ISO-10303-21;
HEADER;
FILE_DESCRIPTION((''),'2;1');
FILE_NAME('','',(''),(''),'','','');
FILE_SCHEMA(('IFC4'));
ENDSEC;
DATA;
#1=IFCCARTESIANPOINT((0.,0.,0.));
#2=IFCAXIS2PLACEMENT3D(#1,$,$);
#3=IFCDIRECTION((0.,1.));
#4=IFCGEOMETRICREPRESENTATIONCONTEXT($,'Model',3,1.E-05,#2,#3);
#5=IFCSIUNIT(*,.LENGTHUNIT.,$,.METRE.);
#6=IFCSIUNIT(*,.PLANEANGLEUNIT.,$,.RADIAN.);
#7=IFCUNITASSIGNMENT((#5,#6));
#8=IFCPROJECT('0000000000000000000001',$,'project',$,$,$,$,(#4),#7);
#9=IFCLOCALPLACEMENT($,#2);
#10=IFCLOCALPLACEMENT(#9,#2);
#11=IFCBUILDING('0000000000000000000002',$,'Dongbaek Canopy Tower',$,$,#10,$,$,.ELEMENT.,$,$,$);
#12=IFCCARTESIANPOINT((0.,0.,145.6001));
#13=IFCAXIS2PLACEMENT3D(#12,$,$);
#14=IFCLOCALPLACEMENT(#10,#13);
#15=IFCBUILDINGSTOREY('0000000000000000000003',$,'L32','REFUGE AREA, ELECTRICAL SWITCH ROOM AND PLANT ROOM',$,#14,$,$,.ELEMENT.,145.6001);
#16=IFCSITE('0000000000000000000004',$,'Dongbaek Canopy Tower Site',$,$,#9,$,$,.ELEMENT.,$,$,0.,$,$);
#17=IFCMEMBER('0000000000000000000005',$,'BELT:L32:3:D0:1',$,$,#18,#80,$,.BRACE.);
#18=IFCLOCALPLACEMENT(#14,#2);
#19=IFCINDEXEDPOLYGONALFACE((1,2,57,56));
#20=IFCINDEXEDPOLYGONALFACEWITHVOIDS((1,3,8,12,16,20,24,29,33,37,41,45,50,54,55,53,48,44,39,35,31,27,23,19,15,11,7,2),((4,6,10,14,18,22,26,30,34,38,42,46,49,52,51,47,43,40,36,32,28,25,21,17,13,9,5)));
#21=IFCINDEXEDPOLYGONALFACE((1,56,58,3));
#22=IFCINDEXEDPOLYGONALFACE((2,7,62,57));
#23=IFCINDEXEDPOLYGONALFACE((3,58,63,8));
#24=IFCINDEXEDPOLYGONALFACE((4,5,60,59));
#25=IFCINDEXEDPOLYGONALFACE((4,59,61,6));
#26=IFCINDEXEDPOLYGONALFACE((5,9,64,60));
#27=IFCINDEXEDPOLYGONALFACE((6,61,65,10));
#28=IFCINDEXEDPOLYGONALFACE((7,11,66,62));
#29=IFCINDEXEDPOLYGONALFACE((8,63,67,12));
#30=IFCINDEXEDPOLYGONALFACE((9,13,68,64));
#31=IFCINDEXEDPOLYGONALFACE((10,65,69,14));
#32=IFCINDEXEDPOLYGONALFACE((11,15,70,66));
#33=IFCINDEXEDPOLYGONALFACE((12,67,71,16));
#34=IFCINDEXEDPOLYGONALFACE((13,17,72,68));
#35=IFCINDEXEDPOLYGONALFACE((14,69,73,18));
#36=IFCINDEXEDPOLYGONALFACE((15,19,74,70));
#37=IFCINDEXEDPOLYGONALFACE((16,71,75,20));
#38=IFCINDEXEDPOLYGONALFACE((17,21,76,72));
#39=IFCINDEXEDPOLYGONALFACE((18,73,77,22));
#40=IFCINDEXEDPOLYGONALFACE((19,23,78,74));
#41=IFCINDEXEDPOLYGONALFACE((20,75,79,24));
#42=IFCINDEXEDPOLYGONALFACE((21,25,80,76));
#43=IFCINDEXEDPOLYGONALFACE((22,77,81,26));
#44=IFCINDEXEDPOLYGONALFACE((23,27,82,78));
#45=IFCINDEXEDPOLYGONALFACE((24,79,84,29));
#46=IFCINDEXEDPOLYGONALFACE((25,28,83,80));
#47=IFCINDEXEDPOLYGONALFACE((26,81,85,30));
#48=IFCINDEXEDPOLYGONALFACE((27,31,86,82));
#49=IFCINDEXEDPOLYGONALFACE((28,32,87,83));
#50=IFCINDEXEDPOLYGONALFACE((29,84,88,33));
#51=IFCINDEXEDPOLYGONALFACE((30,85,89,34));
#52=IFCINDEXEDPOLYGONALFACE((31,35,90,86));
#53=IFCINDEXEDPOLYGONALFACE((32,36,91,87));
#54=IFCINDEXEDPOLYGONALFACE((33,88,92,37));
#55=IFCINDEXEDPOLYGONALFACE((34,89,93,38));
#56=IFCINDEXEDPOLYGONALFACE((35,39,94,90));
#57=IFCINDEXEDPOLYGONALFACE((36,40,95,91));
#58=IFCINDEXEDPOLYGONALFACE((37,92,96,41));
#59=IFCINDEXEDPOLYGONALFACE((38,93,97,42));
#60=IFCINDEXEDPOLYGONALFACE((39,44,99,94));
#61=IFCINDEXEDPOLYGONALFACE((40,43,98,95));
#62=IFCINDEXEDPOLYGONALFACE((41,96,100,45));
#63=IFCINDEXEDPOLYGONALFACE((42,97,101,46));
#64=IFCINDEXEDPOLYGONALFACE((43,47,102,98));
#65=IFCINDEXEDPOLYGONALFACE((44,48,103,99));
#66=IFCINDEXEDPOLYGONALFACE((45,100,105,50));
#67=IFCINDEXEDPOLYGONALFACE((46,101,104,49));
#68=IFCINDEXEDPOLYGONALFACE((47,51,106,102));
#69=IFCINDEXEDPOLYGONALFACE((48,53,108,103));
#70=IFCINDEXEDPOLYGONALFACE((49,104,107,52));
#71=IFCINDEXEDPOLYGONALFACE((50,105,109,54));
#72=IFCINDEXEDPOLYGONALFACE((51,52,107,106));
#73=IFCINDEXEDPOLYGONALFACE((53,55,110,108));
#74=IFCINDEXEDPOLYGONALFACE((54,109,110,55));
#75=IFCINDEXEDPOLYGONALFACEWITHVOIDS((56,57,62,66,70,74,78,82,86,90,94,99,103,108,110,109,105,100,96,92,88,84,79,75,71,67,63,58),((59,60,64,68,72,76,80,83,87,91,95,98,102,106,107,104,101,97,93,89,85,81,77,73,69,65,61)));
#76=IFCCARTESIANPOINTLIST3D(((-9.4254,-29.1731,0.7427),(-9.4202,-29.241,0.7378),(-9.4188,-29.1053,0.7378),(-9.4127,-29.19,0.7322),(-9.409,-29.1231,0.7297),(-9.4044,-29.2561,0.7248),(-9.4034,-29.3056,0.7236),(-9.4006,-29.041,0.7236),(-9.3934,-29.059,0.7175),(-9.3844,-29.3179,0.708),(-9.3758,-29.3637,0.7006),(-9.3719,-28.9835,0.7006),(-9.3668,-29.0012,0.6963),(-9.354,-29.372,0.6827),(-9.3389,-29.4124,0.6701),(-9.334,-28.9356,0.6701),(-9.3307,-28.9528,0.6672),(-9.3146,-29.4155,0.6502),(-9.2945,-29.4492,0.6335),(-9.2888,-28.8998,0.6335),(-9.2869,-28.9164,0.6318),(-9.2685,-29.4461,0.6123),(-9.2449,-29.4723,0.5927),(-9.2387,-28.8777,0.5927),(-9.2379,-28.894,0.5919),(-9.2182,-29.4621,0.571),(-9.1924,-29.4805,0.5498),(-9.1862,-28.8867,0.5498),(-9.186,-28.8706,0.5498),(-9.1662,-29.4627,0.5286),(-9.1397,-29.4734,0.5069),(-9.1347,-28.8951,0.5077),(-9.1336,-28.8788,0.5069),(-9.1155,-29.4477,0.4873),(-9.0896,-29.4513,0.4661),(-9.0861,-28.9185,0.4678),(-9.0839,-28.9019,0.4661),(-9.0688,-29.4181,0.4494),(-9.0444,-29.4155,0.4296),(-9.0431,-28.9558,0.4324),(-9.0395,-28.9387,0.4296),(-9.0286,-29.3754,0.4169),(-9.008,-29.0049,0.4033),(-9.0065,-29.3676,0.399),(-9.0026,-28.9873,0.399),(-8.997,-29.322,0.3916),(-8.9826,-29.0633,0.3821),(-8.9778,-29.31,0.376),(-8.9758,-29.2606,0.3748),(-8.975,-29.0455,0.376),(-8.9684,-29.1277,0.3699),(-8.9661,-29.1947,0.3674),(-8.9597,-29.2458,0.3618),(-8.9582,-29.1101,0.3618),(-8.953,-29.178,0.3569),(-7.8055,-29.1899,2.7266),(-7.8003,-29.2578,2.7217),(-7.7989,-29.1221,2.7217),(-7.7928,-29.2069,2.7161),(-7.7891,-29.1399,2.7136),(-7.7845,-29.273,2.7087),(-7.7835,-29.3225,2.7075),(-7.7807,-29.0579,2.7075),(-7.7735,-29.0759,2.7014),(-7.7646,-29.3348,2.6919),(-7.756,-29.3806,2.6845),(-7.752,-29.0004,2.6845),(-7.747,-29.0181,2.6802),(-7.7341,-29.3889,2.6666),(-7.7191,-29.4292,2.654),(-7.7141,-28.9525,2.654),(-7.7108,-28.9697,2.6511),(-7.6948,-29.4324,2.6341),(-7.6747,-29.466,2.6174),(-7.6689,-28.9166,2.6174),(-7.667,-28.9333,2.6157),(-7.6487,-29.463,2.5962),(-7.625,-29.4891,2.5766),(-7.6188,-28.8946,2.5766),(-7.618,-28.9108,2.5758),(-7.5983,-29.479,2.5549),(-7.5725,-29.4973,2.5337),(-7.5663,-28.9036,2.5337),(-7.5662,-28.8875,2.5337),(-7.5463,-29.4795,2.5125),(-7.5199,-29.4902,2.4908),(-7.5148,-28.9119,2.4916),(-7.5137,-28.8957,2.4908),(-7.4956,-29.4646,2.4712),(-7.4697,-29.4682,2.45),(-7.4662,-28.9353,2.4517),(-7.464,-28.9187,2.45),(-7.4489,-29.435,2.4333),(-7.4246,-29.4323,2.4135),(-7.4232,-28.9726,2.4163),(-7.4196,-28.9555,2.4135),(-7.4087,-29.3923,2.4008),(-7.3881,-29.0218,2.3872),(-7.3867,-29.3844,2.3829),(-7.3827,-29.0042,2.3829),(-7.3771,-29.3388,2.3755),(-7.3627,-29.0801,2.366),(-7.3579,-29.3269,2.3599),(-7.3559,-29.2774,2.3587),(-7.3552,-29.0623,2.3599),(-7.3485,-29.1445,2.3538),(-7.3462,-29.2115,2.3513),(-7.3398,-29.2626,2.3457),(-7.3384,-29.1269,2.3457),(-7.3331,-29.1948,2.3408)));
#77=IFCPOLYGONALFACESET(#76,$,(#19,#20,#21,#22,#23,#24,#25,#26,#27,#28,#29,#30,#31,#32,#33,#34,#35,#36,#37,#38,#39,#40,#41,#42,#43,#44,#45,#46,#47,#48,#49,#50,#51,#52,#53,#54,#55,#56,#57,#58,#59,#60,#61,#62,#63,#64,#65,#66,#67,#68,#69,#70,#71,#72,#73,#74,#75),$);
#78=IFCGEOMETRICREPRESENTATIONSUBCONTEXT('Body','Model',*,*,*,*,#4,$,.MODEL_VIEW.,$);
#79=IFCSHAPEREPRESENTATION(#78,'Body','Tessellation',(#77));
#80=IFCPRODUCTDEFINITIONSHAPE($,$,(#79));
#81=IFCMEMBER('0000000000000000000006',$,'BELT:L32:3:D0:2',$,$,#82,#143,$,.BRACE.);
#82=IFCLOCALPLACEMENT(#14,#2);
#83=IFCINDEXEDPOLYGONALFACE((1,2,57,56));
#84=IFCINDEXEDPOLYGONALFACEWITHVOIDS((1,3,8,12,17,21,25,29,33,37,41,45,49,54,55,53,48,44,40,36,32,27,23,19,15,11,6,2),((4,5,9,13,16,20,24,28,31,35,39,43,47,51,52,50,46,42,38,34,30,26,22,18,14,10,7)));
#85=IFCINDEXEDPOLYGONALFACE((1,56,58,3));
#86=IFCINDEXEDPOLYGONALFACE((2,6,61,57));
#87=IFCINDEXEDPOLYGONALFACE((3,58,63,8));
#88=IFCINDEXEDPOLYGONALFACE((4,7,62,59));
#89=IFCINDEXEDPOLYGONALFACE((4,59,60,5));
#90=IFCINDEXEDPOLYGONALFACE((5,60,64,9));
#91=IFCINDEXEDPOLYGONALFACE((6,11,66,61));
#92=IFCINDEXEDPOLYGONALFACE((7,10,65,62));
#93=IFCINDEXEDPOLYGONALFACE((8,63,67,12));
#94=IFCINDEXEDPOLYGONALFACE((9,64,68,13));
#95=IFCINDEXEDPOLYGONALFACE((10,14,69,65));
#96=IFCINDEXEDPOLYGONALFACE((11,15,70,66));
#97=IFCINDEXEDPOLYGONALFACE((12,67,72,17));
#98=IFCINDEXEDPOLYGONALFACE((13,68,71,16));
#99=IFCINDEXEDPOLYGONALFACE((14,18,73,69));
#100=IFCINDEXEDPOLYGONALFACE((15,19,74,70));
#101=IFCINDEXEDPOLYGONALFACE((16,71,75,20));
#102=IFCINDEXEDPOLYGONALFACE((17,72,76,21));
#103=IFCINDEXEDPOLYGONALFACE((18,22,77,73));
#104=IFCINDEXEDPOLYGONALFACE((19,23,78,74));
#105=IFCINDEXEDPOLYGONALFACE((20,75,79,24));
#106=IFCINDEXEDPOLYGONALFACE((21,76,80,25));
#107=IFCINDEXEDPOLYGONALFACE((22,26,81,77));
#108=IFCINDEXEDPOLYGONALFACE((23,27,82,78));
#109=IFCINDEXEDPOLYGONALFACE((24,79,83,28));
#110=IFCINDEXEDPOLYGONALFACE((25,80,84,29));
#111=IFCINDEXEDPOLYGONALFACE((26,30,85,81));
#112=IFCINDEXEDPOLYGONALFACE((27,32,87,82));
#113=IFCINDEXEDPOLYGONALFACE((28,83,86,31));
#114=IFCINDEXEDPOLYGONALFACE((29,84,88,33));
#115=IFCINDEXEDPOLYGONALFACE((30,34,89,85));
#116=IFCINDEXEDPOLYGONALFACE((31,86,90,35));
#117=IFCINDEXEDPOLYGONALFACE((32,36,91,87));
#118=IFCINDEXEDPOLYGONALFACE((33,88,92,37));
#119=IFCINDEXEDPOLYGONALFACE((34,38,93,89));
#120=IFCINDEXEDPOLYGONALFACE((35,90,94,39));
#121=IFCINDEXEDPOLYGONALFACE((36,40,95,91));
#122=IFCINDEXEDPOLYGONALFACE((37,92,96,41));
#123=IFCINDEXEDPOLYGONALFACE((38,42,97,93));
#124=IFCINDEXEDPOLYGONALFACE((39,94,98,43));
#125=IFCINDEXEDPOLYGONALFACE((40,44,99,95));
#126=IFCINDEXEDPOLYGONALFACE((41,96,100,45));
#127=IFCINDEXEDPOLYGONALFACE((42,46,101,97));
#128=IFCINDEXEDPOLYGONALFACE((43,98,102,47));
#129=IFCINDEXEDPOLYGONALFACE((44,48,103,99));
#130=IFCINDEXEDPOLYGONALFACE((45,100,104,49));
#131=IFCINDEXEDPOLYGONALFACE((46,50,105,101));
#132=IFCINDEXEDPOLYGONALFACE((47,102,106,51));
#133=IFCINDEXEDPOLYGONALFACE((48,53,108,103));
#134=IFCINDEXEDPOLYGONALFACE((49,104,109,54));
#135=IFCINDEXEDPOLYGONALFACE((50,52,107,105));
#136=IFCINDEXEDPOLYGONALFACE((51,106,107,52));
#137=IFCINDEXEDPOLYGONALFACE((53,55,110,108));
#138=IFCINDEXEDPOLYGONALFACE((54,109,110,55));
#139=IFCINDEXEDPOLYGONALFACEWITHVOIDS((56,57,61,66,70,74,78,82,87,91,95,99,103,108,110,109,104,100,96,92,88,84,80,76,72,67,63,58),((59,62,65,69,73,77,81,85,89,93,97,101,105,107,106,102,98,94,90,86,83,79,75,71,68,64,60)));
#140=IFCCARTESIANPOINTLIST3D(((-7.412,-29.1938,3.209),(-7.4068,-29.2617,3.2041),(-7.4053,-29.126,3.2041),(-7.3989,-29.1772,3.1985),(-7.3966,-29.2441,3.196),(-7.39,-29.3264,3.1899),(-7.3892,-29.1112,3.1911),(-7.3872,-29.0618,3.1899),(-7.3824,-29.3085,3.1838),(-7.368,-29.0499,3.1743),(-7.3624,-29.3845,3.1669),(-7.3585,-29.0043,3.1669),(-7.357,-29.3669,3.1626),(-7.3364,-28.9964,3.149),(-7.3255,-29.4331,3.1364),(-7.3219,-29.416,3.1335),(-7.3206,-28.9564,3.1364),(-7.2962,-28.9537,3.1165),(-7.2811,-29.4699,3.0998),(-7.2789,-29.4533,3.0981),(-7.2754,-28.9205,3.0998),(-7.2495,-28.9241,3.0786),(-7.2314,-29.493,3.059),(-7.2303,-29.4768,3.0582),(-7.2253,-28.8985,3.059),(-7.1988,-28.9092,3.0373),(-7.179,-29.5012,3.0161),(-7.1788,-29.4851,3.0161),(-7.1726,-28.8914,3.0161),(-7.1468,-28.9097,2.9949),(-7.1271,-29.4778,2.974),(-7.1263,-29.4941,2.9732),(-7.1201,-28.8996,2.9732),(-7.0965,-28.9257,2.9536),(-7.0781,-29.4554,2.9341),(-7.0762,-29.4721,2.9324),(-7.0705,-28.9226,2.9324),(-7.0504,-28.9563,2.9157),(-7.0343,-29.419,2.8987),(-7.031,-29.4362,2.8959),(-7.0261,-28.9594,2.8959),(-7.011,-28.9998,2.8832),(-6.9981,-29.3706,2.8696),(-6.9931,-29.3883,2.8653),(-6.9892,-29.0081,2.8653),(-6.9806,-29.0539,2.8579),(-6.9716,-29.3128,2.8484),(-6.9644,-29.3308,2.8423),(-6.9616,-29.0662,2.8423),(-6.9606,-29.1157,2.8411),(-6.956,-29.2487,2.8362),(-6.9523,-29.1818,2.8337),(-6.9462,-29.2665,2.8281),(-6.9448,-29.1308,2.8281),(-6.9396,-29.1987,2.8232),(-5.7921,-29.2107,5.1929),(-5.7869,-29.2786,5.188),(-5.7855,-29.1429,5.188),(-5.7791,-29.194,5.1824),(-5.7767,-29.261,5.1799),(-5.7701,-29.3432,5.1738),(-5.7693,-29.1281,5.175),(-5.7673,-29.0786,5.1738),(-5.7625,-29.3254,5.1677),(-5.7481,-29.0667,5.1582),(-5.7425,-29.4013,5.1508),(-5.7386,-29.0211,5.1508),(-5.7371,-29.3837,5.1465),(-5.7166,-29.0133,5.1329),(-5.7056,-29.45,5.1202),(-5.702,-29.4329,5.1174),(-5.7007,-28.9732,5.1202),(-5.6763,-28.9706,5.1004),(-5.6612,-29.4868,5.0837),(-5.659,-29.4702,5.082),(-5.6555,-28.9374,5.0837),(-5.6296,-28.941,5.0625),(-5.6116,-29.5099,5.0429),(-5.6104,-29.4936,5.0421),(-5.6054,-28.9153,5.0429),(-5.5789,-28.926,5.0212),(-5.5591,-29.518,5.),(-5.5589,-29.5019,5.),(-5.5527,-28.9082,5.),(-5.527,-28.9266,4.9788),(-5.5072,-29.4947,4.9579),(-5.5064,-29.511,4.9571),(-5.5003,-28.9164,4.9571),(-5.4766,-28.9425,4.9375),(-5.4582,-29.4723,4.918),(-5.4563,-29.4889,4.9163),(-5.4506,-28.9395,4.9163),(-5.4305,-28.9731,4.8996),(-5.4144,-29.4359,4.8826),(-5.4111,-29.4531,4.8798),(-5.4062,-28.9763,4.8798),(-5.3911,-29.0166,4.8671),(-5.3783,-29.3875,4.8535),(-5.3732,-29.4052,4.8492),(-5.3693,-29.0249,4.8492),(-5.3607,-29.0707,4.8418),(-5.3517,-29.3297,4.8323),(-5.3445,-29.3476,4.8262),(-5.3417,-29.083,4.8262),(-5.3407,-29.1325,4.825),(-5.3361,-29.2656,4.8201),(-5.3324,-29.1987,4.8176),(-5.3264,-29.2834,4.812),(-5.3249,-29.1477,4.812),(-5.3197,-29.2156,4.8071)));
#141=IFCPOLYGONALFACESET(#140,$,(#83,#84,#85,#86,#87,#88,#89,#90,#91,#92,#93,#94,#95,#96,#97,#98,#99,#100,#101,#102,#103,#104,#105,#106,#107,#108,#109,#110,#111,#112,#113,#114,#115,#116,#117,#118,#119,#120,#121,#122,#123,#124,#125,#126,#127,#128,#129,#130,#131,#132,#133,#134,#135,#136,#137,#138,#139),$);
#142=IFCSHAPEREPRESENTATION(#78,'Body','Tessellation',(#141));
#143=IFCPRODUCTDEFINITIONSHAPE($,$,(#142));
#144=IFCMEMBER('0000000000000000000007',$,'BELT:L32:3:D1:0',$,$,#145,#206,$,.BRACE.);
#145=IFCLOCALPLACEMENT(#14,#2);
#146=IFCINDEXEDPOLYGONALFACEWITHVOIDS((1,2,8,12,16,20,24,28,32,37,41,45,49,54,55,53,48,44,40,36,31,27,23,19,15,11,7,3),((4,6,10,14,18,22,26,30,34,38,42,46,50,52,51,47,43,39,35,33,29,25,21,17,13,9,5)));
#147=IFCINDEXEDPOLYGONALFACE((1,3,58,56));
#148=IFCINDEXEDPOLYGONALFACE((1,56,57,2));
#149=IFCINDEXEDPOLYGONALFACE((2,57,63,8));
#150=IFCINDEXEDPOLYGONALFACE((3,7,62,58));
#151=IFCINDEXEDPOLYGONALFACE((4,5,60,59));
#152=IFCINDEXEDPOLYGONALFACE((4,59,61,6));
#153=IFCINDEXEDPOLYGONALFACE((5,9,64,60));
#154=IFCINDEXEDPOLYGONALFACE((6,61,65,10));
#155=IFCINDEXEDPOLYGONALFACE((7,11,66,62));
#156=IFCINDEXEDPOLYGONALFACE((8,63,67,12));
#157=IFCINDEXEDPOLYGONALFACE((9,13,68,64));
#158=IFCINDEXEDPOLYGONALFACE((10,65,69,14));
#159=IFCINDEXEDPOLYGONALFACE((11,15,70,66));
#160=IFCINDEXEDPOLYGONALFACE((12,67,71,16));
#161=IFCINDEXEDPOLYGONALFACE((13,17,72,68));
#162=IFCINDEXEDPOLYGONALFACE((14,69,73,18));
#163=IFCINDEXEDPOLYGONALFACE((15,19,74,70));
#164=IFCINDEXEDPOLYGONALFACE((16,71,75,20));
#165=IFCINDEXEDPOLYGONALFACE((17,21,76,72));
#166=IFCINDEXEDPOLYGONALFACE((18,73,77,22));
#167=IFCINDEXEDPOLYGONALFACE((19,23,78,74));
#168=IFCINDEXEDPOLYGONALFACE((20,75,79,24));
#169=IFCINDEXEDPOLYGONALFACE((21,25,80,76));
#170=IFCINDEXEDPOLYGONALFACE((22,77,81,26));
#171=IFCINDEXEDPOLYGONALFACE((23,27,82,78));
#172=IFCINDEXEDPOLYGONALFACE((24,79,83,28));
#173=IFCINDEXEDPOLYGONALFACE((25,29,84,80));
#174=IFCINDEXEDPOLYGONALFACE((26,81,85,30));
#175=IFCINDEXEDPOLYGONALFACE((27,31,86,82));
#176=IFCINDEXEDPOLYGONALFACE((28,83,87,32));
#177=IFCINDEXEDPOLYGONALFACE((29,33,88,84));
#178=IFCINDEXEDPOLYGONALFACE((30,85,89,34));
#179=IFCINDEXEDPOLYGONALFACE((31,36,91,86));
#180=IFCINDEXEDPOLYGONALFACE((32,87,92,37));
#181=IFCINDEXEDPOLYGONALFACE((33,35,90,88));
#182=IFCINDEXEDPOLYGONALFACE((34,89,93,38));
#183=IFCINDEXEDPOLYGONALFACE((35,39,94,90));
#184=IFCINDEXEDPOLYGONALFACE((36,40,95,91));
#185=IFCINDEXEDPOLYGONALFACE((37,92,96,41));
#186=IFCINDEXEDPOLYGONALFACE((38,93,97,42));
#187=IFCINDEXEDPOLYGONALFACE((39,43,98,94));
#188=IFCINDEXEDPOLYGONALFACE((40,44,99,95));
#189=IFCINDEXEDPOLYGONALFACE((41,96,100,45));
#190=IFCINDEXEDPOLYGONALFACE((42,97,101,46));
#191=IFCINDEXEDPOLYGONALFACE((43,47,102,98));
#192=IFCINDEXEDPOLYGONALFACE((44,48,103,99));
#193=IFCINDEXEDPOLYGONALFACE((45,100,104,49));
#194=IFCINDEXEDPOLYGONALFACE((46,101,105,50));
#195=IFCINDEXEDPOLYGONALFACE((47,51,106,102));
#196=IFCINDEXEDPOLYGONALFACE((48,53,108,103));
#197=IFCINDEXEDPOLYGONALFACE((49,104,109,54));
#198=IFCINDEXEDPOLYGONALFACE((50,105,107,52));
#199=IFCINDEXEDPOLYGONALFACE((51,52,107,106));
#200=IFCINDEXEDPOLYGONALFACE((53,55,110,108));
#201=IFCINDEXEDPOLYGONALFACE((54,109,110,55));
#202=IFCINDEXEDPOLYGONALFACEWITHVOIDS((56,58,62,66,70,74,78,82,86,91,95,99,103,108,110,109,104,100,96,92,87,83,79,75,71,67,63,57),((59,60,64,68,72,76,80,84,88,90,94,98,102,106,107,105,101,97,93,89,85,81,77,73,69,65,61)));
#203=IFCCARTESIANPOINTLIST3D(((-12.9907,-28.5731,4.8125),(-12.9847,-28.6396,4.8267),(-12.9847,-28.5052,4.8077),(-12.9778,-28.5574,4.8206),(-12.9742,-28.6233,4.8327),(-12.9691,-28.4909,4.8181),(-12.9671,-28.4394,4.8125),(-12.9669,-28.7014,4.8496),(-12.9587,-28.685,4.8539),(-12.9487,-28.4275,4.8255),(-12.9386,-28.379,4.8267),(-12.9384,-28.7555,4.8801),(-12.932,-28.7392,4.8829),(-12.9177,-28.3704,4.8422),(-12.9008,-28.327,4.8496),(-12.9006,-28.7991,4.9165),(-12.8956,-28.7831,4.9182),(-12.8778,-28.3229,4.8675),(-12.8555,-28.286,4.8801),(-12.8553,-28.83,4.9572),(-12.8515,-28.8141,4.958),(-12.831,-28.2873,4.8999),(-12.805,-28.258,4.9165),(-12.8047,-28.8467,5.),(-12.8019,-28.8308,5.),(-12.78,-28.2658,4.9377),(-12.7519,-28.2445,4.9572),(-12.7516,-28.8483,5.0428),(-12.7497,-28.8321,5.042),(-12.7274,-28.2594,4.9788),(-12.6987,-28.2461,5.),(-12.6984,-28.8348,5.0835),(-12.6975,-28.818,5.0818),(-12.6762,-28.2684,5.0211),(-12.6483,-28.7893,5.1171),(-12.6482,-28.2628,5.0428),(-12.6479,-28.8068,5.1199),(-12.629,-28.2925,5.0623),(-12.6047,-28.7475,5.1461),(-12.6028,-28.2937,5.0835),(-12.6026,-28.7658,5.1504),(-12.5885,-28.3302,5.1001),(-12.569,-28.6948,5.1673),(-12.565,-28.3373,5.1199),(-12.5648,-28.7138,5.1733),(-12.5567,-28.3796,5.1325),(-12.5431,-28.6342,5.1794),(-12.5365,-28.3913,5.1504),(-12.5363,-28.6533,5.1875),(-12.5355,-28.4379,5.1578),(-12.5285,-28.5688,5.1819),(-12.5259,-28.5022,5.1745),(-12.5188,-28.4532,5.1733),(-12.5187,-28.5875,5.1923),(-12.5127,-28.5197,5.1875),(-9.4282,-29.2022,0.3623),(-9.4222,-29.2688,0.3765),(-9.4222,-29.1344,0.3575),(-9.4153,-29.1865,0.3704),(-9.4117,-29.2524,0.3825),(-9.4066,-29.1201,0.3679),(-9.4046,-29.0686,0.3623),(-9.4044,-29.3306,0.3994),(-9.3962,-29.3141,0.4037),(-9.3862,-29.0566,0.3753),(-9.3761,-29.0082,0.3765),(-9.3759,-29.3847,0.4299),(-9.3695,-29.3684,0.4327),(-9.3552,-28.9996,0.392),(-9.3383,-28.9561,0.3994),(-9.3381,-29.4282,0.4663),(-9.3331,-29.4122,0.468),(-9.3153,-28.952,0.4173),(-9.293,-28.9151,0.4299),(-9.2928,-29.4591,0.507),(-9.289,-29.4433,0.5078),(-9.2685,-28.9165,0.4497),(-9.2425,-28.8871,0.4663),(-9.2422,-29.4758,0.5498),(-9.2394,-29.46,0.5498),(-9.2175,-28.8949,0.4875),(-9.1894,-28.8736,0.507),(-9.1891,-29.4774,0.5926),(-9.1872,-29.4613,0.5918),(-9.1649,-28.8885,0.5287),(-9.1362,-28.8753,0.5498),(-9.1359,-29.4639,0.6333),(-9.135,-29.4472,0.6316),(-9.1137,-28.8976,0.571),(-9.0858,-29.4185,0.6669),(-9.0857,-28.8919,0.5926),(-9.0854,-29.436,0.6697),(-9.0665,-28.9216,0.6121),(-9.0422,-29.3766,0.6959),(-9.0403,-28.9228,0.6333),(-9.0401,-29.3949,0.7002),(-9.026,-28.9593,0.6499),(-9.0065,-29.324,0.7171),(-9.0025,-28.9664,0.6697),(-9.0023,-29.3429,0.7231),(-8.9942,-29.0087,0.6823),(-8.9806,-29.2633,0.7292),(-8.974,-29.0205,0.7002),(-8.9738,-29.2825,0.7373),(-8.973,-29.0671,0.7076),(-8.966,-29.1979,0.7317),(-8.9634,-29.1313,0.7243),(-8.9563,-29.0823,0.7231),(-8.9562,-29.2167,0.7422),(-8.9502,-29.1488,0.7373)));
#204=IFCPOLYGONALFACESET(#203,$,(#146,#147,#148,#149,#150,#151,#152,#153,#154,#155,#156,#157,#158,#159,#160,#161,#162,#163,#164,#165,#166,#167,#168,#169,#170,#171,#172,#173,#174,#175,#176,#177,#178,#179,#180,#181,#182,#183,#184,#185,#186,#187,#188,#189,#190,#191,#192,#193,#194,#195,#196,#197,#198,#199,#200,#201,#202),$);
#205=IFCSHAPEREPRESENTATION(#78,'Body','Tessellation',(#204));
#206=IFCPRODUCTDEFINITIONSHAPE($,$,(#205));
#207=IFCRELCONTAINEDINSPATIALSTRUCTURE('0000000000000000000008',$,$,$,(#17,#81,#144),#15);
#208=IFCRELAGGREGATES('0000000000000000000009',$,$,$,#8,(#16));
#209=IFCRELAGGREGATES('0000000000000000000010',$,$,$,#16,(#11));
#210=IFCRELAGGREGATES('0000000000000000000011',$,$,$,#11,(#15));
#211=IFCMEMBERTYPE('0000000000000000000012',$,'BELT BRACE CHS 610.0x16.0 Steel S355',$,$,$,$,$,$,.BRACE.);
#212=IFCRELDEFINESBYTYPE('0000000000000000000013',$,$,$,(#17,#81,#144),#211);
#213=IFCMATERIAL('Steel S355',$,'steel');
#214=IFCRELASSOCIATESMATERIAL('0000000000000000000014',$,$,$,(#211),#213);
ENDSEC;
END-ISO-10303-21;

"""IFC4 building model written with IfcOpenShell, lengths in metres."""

from ifc_helpers import new_model, si_unit, direction, frame, origin, origin_2d, place, context, subcontext, project, spatial, hollow_circle, extrude, material, material_profile, profile_set, type_object, element, save


model = new_model("IFC4")

# Units and contexts
model_context = context("Model", 3, precision=1e-05, world=origin(), true_north=direction((0.0, 1.0)))
body_context = subcontext(model_context, "Body", "Model", "MODEL_VIEW")
ifc_project = project(units=[si_unit("LENGTHUNIT", "METRE"), si_unit("PLANEANGLEUNIT", "RADIAN")], contexts=[model_context])

# Site, building, storey
site_placement = place(None, origin())
site = spatial("IfcSite", under=ifc_project, at=site_placement, Name="Dongbaek Canopy Tower Site", CompositionType="ELEMENT", RefElevation=0.0)
building_placement = place(site_placement, origin())
building = spatial("IfcBuilding", under=site, at=building_placement, Name="Dongbaek Canopy Tower", CompositionType="ELEMENT")
storey_placement = place(building_placement, frame((0.0, 0.0, 145.6001)))
storey = spatial("IfcBuildingStorey", under=building, at=storey_placement, Name="L32", Description="REFUGE AREA, ELECTRICAL SWITCH ROOM AND PLANT ROOM", CompositionType="ELEMENT", Elevation=145.6001)

# Members
ifc_material_1 = material(Name="Steel S355", Category="steel")
ifc_material_profile_1 = material_profile(ifc_material_1, hollow_circle(Radius=0.3049, WallThickness=0.0161, at=origin_2d()), Name="BELT BRACE CHS 610.0x16.0 Steel S355")
ifc_profile_set_1 = profile_set([ifc_material_profile_1], Name="Steel S355")
member_type_1 = type_object("IfcMemberType", Name="BELT BRACE CHS 610.0x16.0 Steel S355", PredefinedType="BRACE", material=ifc_profile_set_1)
for number, where, z_axis, x_axis, name in (
    (1, (-9.1892, -29.1755, 0.5498), (0.63245, -0.006577, 0.774573), (0.010399, 0.999946, 0.0), "BELT:L32:3:D0:1"),
    (2, (-5.5559, -29.2131, 5.0), (-0.63245, 0.006577, -0.774573), (-0.010399, -0.999946, 0.0), "BELT:L32:3:D0:2"),
):
    element("IfcMember", number, at=place(storey_placement, frame(where, z_axis=z_axis, x_axis=x_axis)), inside=storey, type_object=member_type_1, Name=name, PredefinedType="BRACE", context=body_context, shape_type="SweptSolid", body=[
        extrude(hollow_circle(Radius=0.3049, WallThickness=0.0161, at=origin_2d()), origin(), (0.0, 0.0, 1.0), 2.5613),
    ])
member_1_placement = place(storey_placement, frame((-9.1892, -29.1755, 0.5498), z_axis=(-0.621174, 0.109702, 0.775957), x_axis=(-0.173912, -0.984761, 0.0)))
element("IfcMember", 3, at=member_1_placement, inside=storey, type_object=member_type_1, Name="BELT:L32:3:D1:0", PredefinedType="BRACE", context=body_context, shape_type="SweptSolid", body=[
    extrude(hollow_circle(Radius=0.3049, WallThickness=0.0161, at=origin_2d()), origin(), (0.0, 0.0, 1.0), 5.7351),
])

save(model, "model.ifc")
